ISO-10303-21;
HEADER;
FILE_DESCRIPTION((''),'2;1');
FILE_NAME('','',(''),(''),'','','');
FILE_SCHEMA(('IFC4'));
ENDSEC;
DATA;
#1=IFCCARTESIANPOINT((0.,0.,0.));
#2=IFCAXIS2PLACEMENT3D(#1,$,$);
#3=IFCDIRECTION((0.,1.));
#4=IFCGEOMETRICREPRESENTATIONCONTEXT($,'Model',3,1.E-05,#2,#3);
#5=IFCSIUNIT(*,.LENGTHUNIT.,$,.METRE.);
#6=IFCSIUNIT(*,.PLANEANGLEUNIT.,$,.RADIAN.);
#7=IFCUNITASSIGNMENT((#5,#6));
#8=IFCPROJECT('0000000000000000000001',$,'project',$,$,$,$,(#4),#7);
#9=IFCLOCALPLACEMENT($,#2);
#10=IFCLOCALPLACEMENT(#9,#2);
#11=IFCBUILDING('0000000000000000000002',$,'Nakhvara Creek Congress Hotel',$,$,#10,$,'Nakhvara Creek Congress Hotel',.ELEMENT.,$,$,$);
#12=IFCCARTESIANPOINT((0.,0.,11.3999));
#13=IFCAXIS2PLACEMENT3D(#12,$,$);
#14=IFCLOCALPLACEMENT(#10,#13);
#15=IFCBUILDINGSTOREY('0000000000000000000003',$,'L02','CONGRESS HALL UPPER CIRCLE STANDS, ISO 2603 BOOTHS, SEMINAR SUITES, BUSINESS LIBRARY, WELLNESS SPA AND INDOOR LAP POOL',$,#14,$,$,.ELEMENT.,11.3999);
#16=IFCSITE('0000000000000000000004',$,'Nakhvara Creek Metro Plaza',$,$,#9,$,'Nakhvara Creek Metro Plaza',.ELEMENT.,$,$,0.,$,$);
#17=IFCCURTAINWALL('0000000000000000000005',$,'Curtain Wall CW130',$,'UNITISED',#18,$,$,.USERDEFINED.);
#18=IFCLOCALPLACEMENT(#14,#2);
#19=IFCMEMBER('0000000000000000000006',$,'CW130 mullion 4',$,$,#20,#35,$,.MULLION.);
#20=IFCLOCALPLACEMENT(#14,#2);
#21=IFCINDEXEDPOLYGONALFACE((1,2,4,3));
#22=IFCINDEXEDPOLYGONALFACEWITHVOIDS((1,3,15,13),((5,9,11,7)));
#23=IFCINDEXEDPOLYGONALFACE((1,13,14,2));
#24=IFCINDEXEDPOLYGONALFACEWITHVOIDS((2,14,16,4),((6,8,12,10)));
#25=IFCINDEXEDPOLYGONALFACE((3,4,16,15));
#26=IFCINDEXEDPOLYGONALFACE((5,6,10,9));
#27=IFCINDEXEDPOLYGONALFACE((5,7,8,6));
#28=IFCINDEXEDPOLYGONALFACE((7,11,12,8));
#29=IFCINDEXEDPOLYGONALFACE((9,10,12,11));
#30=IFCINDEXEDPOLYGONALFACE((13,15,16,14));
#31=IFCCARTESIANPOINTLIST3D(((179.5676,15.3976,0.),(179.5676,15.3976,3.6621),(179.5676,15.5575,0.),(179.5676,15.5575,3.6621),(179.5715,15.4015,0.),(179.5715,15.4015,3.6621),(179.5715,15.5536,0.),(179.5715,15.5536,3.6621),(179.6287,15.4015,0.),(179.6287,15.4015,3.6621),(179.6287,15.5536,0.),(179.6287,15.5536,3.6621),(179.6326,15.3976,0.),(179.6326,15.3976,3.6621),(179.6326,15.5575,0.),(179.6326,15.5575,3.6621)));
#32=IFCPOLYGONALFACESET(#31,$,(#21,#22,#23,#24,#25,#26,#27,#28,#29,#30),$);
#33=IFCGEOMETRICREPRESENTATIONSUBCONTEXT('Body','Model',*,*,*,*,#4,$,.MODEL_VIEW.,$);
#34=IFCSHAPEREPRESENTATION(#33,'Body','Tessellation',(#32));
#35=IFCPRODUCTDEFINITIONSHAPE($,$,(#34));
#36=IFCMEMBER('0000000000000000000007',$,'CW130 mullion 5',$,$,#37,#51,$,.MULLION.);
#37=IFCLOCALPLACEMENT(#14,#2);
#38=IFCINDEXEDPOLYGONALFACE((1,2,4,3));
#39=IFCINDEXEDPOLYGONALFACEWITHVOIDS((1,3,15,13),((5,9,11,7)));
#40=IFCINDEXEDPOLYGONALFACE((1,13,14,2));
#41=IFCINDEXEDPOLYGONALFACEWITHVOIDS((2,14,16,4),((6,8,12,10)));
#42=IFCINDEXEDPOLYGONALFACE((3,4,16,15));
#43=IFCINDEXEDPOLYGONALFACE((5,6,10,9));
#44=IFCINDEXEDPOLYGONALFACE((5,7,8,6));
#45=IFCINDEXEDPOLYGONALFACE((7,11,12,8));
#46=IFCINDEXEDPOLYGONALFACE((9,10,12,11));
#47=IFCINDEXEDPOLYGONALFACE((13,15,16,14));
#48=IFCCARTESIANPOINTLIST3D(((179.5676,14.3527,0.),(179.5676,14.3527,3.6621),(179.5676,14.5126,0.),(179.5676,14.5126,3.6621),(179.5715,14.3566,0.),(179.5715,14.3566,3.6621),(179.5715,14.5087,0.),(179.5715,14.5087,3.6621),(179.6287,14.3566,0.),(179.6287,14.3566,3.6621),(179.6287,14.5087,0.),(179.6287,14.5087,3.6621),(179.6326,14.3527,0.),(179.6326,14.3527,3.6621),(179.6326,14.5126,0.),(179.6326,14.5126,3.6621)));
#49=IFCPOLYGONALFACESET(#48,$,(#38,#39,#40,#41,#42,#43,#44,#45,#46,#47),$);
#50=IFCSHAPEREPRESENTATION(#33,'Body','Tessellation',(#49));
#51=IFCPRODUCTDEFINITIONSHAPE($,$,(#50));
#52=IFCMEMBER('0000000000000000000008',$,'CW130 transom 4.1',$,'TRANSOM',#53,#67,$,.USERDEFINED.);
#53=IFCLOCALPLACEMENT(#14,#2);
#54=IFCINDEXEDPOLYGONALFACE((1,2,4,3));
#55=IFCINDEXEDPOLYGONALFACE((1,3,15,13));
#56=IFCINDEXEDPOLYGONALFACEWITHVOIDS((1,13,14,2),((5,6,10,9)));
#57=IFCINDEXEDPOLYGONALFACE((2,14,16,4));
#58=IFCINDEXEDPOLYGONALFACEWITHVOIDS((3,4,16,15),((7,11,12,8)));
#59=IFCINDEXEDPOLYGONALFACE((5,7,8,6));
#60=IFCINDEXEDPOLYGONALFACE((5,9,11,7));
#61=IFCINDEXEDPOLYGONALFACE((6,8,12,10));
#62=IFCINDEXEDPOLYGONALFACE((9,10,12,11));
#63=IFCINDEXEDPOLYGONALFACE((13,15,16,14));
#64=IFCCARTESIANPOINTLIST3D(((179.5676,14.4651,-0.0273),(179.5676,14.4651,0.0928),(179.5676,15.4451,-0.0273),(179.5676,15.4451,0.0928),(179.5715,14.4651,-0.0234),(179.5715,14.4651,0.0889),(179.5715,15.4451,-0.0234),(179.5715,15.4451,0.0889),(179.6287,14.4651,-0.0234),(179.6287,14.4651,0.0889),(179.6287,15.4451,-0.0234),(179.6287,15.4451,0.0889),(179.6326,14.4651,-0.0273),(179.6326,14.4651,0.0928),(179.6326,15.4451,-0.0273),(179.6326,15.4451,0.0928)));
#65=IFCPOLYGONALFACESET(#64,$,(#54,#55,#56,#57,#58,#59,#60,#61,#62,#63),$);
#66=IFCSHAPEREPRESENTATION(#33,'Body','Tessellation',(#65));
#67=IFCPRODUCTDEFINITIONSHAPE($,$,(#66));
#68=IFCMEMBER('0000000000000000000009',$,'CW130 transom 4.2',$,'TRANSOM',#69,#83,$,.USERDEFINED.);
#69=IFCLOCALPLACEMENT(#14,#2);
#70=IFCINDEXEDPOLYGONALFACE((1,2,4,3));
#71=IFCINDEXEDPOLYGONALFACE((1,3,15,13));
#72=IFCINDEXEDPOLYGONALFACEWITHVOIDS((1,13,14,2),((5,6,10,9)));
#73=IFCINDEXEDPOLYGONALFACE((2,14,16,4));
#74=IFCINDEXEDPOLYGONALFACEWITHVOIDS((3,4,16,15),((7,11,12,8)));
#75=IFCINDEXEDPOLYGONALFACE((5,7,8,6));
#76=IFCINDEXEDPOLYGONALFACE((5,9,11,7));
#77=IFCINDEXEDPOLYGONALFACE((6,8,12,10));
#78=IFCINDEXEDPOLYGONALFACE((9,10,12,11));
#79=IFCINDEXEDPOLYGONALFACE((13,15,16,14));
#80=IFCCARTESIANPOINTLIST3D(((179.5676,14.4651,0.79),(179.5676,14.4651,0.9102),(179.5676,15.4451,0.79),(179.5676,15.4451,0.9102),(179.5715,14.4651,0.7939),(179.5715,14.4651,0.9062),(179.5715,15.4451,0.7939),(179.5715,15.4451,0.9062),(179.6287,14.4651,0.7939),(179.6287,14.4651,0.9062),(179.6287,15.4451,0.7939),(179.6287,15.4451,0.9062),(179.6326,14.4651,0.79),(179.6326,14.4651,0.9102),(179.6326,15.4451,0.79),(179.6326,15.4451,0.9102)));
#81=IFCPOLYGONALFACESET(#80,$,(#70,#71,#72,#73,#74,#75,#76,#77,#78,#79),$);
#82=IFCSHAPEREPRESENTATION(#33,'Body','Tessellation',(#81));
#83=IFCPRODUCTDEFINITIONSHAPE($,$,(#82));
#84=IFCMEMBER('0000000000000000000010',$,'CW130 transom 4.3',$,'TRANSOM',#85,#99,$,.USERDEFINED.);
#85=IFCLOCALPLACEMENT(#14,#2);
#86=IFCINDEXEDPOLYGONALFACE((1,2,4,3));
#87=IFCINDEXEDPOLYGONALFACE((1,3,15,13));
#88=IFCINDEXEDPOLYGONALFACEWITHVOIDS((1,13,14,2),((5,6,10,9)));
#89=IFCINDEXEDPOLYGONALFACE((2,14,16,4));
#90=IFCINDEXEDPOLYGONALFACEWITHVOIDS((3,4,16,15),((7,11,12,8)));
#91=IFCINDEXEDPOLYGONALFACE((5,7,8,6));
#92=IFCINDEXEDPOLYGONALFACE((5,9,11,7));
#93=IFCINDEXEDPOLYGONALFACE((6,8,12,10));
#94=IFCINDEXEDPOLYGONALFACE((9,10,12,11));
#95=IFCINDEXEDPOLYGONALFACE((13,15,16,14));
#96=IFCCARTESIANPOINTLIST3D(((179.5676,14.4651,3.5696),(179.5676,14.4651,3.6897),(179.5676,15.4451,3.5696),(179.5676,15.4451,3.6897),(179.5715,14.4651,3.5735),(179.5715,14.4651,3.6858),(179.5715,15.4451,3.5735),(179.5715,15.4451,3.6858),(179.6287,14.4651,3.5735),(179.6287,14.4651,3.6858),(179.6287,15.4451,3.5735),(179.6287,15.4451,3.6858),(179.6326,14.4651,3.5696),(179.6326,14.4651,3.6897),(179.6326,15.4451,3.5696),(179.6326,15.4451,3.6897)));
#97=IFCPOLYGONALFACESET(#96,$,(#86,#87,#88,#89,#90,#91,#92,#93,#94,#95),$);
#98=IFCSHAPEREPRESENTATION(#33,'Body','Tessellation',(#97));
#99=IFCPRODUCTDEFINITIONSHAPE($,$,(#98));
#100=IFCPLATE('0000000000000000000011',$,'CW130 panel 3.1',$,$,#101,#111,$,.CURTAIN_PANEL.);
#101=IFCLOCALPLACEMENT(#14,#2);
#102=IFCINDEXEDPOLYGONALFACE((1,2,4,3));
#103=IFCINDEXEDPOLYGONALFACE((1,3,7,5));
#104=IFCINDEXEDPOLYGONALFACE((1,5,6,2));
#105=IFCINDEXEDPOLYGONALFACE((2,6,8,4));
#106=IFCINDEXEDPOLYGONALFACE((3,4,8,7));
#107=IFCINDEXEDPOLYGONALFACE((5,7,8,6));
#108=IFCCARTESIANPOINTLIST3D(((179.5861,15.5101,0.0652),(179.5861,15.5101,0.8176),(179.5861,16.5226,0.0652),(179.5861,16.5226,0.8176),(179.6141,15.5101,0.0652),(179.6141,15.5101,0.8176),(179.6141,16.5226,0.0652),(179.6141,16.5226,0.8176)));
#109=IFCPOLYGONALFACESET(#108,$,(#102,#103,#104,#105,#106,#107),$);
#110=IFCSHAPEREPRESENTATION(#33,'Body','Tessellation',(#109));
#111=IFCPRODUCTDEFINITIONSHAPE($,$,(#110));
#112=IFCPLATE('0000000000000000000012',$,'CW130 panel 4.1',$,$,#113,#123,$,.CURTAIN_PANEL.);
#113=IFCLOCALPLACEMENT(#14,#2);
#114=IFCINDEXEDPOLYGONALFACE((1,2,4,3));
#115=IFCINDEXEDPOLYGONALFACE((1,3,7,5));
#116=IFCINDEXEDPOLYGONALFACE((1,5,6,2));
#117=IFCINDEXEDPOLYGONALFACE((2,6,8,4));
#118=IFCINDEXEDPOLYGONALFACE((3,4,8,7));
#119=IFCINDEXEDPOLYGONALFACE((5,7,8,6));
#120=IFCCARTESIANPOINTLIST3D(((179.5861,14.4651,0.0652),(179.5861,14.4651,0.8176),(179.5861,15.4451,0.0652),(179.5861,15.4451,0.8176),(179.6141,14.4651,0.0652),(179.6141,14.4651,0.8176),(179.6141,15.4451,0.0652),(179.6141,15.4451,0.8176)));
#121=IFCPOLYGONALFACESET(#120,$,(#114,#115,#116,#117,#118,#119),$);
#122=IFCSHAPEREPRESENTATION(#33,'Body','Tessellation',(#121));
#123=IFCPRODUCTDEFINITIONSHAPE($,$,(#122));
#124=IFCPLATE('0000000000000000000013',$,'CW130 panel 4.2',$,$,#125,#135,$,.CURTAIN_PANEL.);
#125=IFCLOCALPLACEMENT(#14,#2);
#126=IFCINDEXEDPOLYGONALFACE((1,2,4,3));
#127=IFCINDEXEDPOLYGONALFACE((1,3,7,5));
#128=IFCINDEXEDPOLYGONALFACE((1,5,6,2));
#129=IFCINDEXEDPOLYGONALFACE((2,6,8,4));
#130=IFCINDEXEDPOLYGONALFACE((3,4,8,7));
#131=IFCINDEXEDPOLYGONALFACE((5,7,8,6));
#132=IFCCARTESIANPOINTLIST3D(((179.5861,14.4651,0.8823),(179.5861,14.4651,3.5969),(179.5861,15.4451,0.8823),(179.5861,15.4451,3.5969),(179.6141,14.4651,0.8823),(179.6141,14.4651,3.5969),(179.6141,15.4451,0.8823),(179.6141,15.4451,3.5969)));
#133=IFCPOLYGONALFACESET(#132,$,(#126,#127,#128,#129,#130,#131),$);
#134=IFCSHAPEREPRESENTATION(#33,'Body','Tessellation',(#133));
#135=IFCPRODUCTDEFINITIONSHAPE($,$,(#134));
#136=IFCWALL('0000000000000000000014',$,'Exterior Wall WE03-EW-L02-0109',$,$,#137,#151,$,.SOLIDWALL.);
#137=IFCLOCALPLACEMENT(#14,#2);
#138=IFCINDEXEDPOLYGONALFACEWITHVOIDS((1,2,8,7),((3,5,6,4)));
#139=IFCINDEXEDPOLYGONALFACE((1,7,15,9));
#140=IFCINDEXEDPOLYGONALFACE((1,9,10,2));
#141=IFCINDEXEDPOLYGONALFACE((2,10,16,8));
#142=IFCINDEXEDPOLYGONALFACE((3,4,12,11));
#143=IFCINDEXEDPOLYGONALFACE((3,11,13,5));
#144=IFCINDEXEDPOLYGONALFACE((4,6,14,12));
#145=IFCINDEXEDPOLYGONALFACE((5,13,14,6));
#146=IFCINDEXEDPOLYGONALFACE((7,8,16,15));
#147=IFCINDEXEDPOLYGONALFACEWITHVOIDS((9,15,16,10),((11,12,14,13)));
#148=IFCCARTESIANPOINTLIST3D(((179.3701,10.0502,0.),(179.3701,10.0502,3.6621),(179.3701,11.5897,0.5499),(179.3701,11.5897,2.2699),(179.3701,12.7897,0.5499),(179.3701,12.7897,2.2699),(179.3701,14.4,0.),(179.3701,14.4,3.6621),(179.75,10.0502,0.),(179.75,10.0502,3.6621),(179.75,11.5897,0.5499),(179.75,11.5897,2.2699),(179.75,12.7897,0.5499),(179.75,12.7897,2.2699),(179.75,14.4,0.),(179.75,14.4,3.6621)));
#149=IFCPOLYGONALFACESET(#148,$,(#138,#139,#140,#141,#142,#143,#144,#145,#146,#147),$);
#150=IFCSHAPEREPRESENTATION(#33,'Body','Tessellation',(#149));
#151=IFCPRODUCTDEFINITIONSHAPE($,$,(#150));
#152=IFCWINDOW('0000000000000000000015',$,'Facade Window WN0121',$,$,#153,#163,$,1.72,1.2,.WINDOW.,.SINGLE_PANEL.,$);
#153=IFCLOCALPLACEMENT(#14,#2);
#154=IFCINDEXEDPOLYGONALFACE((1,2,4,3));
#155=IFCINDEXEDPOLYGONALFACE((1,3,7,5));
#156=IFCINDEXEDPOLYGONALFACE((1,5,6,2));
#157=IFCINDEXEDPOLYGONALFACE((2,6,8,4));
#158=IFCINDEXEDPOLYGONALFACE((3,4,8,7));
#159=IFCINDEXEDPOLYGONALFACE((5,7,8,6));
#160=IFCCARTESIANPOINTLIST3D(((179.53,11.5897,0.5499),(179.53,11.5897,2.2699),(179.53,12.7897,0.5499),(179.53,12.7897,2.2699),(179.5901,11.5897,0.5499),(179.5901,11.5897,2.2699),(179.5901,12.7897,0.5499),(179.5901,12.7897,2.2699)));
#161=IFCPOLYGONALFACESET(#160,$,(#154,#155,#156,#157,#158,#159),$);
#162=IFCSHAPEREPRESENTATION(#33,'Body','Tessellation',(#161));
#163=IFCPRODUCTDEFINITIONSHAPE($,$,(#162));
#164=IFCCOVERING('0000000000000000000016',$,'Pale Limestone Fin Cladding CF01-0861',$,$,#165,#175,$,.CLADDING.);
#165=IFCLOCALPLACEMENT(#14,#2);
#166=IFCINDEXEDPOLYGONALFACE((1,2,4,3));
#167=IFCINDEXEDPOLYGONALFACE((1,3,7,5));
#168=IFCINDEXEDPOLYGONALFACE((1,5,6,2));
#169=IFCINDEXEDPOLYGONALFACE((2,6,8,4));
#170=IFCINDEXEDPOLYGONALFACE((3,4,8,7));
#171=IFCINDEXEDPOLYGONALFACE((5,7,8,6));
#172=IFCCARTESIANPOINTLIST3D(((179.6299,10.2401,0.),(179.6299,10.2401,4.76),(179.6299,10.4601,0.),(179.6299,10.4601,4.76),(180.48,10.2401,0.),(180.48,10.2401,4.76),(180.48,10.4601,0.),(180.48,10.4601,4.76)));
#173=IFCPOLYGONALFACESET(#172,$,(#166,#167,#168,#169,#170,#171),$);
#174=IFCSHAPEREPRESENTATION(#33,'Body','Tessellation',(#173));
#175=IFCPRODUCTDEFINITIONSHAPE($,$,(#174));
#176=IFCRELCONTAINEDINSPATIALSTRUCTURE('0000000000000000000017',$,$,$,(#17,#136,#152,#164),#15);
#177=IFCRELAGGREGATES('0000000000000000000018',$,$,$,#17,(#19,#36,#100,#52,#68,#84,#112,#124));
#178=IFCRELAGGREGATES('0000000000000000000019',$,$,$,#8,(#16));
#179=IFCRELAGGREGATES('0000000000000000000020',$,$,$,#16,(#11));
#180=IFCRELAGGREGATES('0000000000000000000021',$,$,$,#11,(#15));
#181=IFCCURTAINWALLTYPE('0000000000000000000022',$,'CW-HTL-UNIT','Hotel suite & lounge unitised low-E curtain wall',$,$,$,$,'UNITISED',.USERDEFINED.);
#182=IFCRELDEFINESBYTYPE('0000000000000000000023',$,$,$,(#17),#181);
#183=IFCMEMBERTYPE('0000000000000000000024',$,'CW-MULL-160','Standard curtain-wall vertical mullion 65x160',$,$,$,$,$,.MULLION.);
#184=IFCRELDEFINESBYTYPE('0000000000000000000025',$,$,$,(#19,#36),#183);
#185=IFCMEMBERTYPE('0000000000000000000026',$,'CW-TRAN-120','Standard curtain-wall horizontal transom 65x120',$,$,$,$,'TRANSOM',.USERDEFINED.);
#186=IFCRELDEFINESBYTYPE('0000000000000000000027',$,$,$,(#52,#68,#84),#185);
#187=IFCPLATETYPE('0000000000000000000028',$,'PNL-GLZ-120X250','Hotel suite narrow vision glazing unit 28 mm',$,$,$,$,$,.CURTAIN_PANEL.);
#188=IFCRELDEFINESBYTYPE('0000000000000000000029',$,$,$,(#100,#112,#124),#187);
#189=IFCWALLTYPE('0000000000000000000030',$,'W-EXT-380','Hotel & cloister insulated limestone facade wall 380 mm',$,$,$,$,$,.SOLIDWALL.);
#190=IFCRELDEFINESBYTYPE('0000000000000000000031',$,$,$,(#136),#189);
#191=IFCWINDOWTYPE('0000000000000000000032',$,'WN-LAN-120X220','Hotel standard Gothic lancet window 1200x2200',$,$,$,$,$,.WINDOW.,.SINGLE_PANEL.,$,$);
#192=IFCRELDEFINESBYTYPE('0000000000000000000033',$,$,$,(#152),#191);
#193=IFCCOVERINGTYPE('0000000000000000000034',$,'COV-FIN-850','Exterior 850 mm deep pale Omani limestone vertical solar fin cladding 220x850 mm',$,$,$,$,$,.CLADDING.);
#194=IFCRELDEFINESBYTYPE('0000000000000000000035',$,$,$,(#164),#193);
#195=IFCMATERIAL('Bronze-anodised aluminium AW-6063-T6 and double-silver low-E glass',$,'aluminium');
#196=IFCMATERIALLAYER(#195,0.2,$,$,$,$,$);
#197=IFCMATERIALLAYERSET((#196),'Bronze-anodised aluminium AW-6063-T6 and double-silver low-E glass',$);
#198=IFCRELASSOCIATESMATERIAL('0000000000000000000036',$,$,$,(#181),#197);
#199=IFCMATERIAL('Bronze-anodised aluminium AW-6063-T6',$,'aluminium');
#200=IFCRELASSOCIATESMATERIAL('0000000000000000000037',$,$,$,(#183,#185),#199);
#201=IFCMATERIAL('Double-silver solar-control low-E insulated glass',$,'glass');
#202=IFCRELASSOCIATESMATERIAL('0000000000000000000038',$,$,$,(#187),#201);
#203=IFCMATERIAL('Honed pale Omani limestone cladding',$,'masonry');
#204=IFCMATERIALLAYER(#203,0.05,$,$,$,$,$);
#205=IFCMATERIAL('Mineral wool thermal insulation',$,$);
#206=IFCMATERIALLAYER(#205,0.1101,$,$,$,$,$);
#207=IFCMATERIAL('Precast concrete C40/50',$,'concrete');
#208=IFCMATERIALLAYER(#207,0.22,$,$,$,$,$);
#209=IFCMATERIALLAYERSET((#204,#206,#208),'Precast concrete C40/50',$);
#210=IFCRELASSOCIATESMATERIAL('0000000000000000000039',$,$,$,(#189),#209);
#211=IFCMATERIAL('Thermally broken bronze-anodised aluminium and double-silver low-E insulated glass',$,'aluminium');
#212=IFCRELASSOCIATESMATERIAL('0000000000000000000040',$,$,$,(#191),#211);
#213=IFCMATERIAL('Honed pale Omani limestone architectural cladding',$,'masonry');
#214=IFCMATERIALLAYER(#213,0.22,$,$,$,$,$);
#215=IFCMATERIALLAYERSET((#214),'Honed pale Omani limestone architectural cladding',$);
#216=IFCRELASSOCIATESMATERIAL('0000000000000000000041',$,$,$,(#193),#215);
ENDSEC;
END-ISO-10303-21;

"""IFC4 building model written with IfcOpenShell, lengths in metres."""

from ifc_helpers import new_model, si_unit, direction, frame, frame_2d, origin, origin_2d, place, context, subcontext, project, spatial, rectangle, hollow_rectangle, extrude, material, layer, layer_set, material_profile, profile_set, type_object, element, fill, aggregate, save


model = new_model("IFC4")

# Units and contexts
model_context = context("Model", 3, precision=1e-05, world=origin(), true_north=direction((0.0, 1.0)))
body_context = subcontext(model_context, "Body", "Model", "MODEL_VIEW")
ifc_project = project(units=[si_unit("LENGTHUNIT", "METRE"), si_unit("PLANEANGLEUNIT", "RADIAN")], contexts=[model_context])

# Site, building, storey
site_placement = place(None, origin())
site = spatial("IfcSite", under=ifc_project, at=site_placement, Name="Nakhvara Creek Metro Plaza", LongName="Nakhvara Creek Metro Plaza", CompositionType="ELEMENT", RefElevation=0.0)
building_placement = place(site_placement, origin())
building = spatial("IfcBuilding", under=site, at=building_placement, Name="Nakhvara Creek Congress Hotel", LongName="Nakhvara Creek Congress Hotel", CompositionType="ELEMENT")
storey_placement = place(building_placement, frame((0.0, 0.0, 11.3999)))
storey = spatial("IfcBuildingStorey", under=building, at=storey_placement, Name="L02", Description="CONGRESS HALL UPPER CIRCLE STANDS, ISO 2603 BOOTHS, SEMINAR SUITES, BUSINESS LIBRARY, WELLNESS SPA AND INDOOR LAP POOL", CompositionType="ELEMENT", Elevation=11.3999)

# Curtain wall, members, plates
ifc_material_1 = material(Name="Bronze-anodised aluminium AW-6063-T6 and double-silver low-E glass", Category="aluminium")
ifc_layer_1 = layer(ifc_material_1, 0.2)
ifc_layer_set_1 = layer_set([ifc_layer_1], Name="Bronze-anodised aluminium AW-6063-T6 and double-silver low-E glass")
curtain_wall_type = type_object("IfcCurtainWallType", Name="CW-HTL-UNIT", Description="Hotel suite & lounge unitised low-E curtain wall", ElementType="UNITISED", PredefinedType="USERDEFINED", material=ifc_layer_set_1)
curtain_wall_placement = place(storey_placement, origin())
curtain_wall = element("IfcCurtainWall", 1, at=curtain_wall_placement, inside=storey, type_object=curtain_wall_type, Name="Curtain Wall CW130", ObjectType="UNITISED", PredefinedType="USERDEFINED")
ifc_material_2 = material(Name="Bronze-anodised aluminium AW-6063-T6", Category="aluminium")
ifc_material_profile_1 = material_profile(ifc_material_2, hollow_rectangle(XDim=0.0649, YDim=0.1599, WallThickness=0.0039, at=origin_2d()), Name="ALU-MULL 65x160x4", Category="LoadBearing")
ifc_profile_set_1 = profile_set([ifc_material_profile_1], Name="Bronze-anodised aluminium AW-6063-T6")
member_type_1 = type_object("IfcMemberType", Name="CW-MULL-160", Description="Standard curtain-wall vertical mullion 65x160", PredefinedType="MULLION", material=ifc_profile_set_1)
member_1_placement = place(storey_placement, frame((179.6001, 15.4775, 0.0), z_axis=(0.0, 0.0, 1.0), x_axis=(1.0, 0.0, 0.0)))
member_1 = element("IfcMember", 2, at=member_1_placement, type_object=member_type_1, Name="CW130 mullion 4", PredefinedType="MULLION", context=body_context, shape_type="SweptSolid", body=[
    extrude(hollow_rectangle(XDim=0.0649, YDim=0.1599, WallThickness=0.0039, at=origin_2d()), origin(), (0.0, 0.0, 1.0), 3.6621),
])
member_2_placement = place(storey_placement, frame((179.6001, 14.4326, 0.0), z_axis=(0.0, 0.0, 1.0), x_axis=(1.0, 0.0, 0.0)))
member_2 = element("IfcMember", 3, at=member_2_placement, type_object=member_type_1, Name="CW130 mullion 5", PredefinedType="MULLION", context=body_context, shape_type="SweptSolid", body=[
    extrude(hollow_rectangle(XDim=0.0649, YDim=0.1599, WallThickness=0.0039, at=origin_2d()), origin(), (0.0, 0.0, 1.0), 3.6621),
])
ifc_material_profile_2 = material_profile(ifc_material_2, hollow_rectangle(XDim=0.0649, YDim=0.1201, WallThickness=0.0039, at=origin_2d()), Name="ALU-TRAN 65x120x4", Category="LoadBearing")
ifc_profile_set_2 = profile_set([ifc_material_profile_2], Name="Bronze-anodised aluminium AW-6063-T6")
member_type_2 = type_object("IfcMemberType", Name="CW-TRAN-120", Description="Standard curtain-wall horizontal transom 65x120", ElementType="TRANSOM", PredefinedType="USERDEFINED", material=ifc_profile_set_2)
member_3_placement = place(storey_placement, frame((179.6001, 15.4451, 0.0327), z_axis=(0.0, -1.0, 0.0), x_axis=(1.0, 0.0, 0.0)))
member_3 = element("IfcMember", 4, at=member_3_placement, type_object=member_type_2, Name="CW130 transom 4.1", ObjectType="TRANSOM", PredefinedType="USERDEFINED", context=body_context, shape_type="SweptSolid", body=[
    extrude(hollow_rectangle(XDim=0.0649, YDim=0.1201, WallThickness=0.0039, at=origin_2d()), origin(), (0.0, 0.0, 1.0), 0.98),
])
member_4_placement = place(storey_placement, frame((179.6001, 15.4451, 0.8501), z_axis=(0.0, -1.0, 0.0), x_axis=(1.0, 0.0, 0.0)))
member_4 = element("IfcMember", 5, at=member_4_placement, type_object=member_type_2, Name="CW130 transom 4.2", ObjectType="TRANSOM", PredefinedType="USERDEFINED", context=body_context, shape_type="SweptSolid", body=[
    extrude(hollow_rectangle(XDim=0.0649, YDim=0.1201, WallThickness=0.0039, at=origin_2d()), origin(), (0.0, 0.0, 1.0), 0.98),
])
member_5_placement = place(storey_placement, frame((179.6001, 15.4451, 3.6296), z_axis=(0.0, -1.0, 0.0), x_axis=(1.0, 0.0, 0.0)))
member_5 = element("IfcMember", 6, at=member_5_placement, type_object=member_type_2, Name="CW130 transom 4.3", ObjectType="TRANSOM", PredefinedType="USERDEFINED", context=body_context, shape_type="SweptSolid", body=[
    extrude(hollow_rectangle(XDim=0.0649, YDim=0.1201, WallThickness=0.0039, at=origin_2d()), origin(), (0.0, 0.0, 1.0), 0.98),
])
ifc_material_3 = material(Name="Double-silver solar-control low-E insulated glass", Category="glass")
plate_type = type_object("IfcPlateType", Name="PNL-GLZ-120X250", Description="Hotel suite narrow vision glazing unit 28 mm", PredefinedType="CURTAIN_PANEL", material=ifc_material_3)
plate_1_placement = place(storey_placement, frame((179.6001, 16.0164, 0.0652), z_axis=(0.0, 0.0, 1.0), x_axis=(0.0, -1.0, 0.0)))
plate_1 = element("IfcPlate", 7, at=plate_1_placement, type_object=plate_type, Name="CW130 panel 3.1", PredefinedType="CURTAIN_PANEL", context=body_context, shape_type="SweptSolid", body=[
    extrude(rectangle(XDim=1.0125, YDim=0.0281, at=origin_2d()), origin(), (0.0, 0.0, 1.0), 0.7524),
])
plate_2_placement = place(storey_placement, frame((179.6001, 14.9551, 0.0652), z_axis=(0.0, 0.0, 1.0), x_axis=(0.0, -1.0, 0.0)))
plate_2 = element("IfcPlate", 8, at=plate_2_placement, type_object=plate_type, Name="CW130 panel 4.1", PredefinedType="CURTAIN_PANEL", context=body_context, shape_type="SweptSolid", body=[
    extrude(rectangle(XDim=0.98, YDim=0.0281, at=origin_2d()), origin(), (0.0, 0.0, 1.0), 0.7524),
])
plate_3_placement = place(storey_placement, frame((179.6001, 14.9551, 0.8823), z_axis=(0.0, 0.0, 1.0), x_axis=(0.0, -1.0, 0.0)))
plate_3 = element("IfcPlate", 9, at=plate_3_placement, type_object=plate_type, Name="CW130 panel 4.2", PredefinedType="CURTAIN_PANEL", context=body_context, shape_type="SweptSolid", body=[
    extrude(rectangle(XDim=0.98, YDim=0.0281, at=origin_2d()), origin(), (0.0, 0.0, 1.0), 2.7146),
])
aggregate(curtain_wall, [member_1, member_2, plate_1, member_3, member_4, member_5, plate_2, plate_3])

# Wall, opening, window
ifc_material_4 = material(Name="Honed pale Omani limestone cladding", Category="masonry")
ifc_layer_2 = layer(ifc_material_4, 0.05)
ifc_material_5 = material(Name="Mineral wool thermal insulation")
ifc_layer_3 = layer(ifc_material_5, 0.1101)
ifc_material_6 = material(Name="Precast concrete C40/50", Category="concrete")
ifc_layer_4 = layer(ifc_material_6, 0.22)
ifc_layer_set_2 = layer_set([ifc_layer_2, ifc_layer_3, ifc_layer_4], Name="Precast concrete C40/50")
wall_type = type_object("IfcWallType", Name="W-EXT-380", Description="Hotel & cloister insulated limestone facade wall 380 mm", PredefinedType="SOLIDWALL", material=ifc_layer_set_2)
wall_placement = place(storey_placement, frame((179.5601, 14.3999, 0.0), z_axis=(0.0, 0.0, 1.0), x_axis=(0.0, -1.0, 0.0)))
wall = element("IfcWall", 10, at=wall_placement, inside=storey, type_object=wall_type, Name="Exterior Wall WE03-EW-L02-0109", PredefinedType="SOLIDWALL", context=body_context, shape_type="SweptSolid", body=[
    extrude(rectangle(XDim=4.3499, YDim=0.3799, at=frame_2d((2.1748, 0.0))), origin(), (0.0, 0.0, 1.0), 3.6621),
])
opening_placement = place(wall_placement, frame((1.6101, 0.0, 0.55)))
opening = element("IfcOpeningElement", 11, at=opening_placement, cuts=wall, PredefinedType="OPENING", context=body_context, shape_type="SweptSolid", body=[
    extrude(rectangle(XDim=1.2, YDim=1.72, at=frame_2d((0.6001, 0.8599))), frame((0.0, 0.2019, 0.0), z_axis=(0.0, -1.0, 0.0), x_axis=(1.0, 0.0, 0.0)), (0.0, 0.0, 1.0), 0.4038),
])
ifc_material_7 = material(Name="Thermally broken bronze-anodised aluminium and double-silver low-E insulated glass", Category="aluminium")
window_type = type_object("IfcWindowType", Name="WN-LAN-120X220", Description="Hotel standard Gothic lancet window 1200x2200", PartitioningType="SINGLE_PANEL", PredefinedType="WINDOW", material=ifc_material_7)
window_placement = place(opening_placement, origin())
window = element("IfcWindow", 12, at=window_placement, inside=storey, type_object=window_type, Name="Facade Window WN0121", OverallHeight=1.72, OverallWidth=1.2, PartitioningType="SINGLE_PANEL", PredefinedType="WINDOW", context=body_context, shape_type="SweptSolid", body=[
    extrude(rectangle(XDim=1.2, YDim=1.72, at=frame_2d((0.6001, 0.8599))), frame((0.0, 0.03, 0.0), z_axis=(0.0, -1.0, 0.0), x_axis=(1.0, 0.0, 0.0)), (0.0, 0.0, 1.0), 0.0601),
])
fill(opening, window)

# Covering
ifc_material_8 = material(Name="Honed pale Omani limestone architectural cladding", Category="masonry")
ifc_layer_5 = layer(ifc_material_8, 0.22)
ifc_layer_set_3 = layer_set([ifc_layer_5], Name="Honed pale Omani limestone architectural cladding")
covering_type = type_object("IfcCoveringType", Name="COV-FIN-850", Description="Exterior 850 mm deep pale Omani limestone vertical solar fin cladding 220x850 mm", PredefinedType="CLADDING", material=ifc_layer_set_3)
for number, where, z_axis, x_axis, name in (
    (13, (180.0549, 10.3501, 0.0), (0.0, 0.0, 1.0), (0.0, 1.0, 0.0), "Pale Limestone Fin Cladding CF01-0861"),
):
    element("IfcCovering", number, at=place(storey_placement, frame(where, z_axis=z_axis, x_axis=x_axis)), inside=storey, type_object=covering_type, Name=name, PredefinedType="CLADDING", context=body_context, shape_type="SweptSolid", body=[
        extrude(rectangle(XDim=0.22, YDim=0.8501, at=origin_2d()), origin(), (0.0, 0.0, 1.0), 4.76),
    ])

save(model, "model.ifc")
